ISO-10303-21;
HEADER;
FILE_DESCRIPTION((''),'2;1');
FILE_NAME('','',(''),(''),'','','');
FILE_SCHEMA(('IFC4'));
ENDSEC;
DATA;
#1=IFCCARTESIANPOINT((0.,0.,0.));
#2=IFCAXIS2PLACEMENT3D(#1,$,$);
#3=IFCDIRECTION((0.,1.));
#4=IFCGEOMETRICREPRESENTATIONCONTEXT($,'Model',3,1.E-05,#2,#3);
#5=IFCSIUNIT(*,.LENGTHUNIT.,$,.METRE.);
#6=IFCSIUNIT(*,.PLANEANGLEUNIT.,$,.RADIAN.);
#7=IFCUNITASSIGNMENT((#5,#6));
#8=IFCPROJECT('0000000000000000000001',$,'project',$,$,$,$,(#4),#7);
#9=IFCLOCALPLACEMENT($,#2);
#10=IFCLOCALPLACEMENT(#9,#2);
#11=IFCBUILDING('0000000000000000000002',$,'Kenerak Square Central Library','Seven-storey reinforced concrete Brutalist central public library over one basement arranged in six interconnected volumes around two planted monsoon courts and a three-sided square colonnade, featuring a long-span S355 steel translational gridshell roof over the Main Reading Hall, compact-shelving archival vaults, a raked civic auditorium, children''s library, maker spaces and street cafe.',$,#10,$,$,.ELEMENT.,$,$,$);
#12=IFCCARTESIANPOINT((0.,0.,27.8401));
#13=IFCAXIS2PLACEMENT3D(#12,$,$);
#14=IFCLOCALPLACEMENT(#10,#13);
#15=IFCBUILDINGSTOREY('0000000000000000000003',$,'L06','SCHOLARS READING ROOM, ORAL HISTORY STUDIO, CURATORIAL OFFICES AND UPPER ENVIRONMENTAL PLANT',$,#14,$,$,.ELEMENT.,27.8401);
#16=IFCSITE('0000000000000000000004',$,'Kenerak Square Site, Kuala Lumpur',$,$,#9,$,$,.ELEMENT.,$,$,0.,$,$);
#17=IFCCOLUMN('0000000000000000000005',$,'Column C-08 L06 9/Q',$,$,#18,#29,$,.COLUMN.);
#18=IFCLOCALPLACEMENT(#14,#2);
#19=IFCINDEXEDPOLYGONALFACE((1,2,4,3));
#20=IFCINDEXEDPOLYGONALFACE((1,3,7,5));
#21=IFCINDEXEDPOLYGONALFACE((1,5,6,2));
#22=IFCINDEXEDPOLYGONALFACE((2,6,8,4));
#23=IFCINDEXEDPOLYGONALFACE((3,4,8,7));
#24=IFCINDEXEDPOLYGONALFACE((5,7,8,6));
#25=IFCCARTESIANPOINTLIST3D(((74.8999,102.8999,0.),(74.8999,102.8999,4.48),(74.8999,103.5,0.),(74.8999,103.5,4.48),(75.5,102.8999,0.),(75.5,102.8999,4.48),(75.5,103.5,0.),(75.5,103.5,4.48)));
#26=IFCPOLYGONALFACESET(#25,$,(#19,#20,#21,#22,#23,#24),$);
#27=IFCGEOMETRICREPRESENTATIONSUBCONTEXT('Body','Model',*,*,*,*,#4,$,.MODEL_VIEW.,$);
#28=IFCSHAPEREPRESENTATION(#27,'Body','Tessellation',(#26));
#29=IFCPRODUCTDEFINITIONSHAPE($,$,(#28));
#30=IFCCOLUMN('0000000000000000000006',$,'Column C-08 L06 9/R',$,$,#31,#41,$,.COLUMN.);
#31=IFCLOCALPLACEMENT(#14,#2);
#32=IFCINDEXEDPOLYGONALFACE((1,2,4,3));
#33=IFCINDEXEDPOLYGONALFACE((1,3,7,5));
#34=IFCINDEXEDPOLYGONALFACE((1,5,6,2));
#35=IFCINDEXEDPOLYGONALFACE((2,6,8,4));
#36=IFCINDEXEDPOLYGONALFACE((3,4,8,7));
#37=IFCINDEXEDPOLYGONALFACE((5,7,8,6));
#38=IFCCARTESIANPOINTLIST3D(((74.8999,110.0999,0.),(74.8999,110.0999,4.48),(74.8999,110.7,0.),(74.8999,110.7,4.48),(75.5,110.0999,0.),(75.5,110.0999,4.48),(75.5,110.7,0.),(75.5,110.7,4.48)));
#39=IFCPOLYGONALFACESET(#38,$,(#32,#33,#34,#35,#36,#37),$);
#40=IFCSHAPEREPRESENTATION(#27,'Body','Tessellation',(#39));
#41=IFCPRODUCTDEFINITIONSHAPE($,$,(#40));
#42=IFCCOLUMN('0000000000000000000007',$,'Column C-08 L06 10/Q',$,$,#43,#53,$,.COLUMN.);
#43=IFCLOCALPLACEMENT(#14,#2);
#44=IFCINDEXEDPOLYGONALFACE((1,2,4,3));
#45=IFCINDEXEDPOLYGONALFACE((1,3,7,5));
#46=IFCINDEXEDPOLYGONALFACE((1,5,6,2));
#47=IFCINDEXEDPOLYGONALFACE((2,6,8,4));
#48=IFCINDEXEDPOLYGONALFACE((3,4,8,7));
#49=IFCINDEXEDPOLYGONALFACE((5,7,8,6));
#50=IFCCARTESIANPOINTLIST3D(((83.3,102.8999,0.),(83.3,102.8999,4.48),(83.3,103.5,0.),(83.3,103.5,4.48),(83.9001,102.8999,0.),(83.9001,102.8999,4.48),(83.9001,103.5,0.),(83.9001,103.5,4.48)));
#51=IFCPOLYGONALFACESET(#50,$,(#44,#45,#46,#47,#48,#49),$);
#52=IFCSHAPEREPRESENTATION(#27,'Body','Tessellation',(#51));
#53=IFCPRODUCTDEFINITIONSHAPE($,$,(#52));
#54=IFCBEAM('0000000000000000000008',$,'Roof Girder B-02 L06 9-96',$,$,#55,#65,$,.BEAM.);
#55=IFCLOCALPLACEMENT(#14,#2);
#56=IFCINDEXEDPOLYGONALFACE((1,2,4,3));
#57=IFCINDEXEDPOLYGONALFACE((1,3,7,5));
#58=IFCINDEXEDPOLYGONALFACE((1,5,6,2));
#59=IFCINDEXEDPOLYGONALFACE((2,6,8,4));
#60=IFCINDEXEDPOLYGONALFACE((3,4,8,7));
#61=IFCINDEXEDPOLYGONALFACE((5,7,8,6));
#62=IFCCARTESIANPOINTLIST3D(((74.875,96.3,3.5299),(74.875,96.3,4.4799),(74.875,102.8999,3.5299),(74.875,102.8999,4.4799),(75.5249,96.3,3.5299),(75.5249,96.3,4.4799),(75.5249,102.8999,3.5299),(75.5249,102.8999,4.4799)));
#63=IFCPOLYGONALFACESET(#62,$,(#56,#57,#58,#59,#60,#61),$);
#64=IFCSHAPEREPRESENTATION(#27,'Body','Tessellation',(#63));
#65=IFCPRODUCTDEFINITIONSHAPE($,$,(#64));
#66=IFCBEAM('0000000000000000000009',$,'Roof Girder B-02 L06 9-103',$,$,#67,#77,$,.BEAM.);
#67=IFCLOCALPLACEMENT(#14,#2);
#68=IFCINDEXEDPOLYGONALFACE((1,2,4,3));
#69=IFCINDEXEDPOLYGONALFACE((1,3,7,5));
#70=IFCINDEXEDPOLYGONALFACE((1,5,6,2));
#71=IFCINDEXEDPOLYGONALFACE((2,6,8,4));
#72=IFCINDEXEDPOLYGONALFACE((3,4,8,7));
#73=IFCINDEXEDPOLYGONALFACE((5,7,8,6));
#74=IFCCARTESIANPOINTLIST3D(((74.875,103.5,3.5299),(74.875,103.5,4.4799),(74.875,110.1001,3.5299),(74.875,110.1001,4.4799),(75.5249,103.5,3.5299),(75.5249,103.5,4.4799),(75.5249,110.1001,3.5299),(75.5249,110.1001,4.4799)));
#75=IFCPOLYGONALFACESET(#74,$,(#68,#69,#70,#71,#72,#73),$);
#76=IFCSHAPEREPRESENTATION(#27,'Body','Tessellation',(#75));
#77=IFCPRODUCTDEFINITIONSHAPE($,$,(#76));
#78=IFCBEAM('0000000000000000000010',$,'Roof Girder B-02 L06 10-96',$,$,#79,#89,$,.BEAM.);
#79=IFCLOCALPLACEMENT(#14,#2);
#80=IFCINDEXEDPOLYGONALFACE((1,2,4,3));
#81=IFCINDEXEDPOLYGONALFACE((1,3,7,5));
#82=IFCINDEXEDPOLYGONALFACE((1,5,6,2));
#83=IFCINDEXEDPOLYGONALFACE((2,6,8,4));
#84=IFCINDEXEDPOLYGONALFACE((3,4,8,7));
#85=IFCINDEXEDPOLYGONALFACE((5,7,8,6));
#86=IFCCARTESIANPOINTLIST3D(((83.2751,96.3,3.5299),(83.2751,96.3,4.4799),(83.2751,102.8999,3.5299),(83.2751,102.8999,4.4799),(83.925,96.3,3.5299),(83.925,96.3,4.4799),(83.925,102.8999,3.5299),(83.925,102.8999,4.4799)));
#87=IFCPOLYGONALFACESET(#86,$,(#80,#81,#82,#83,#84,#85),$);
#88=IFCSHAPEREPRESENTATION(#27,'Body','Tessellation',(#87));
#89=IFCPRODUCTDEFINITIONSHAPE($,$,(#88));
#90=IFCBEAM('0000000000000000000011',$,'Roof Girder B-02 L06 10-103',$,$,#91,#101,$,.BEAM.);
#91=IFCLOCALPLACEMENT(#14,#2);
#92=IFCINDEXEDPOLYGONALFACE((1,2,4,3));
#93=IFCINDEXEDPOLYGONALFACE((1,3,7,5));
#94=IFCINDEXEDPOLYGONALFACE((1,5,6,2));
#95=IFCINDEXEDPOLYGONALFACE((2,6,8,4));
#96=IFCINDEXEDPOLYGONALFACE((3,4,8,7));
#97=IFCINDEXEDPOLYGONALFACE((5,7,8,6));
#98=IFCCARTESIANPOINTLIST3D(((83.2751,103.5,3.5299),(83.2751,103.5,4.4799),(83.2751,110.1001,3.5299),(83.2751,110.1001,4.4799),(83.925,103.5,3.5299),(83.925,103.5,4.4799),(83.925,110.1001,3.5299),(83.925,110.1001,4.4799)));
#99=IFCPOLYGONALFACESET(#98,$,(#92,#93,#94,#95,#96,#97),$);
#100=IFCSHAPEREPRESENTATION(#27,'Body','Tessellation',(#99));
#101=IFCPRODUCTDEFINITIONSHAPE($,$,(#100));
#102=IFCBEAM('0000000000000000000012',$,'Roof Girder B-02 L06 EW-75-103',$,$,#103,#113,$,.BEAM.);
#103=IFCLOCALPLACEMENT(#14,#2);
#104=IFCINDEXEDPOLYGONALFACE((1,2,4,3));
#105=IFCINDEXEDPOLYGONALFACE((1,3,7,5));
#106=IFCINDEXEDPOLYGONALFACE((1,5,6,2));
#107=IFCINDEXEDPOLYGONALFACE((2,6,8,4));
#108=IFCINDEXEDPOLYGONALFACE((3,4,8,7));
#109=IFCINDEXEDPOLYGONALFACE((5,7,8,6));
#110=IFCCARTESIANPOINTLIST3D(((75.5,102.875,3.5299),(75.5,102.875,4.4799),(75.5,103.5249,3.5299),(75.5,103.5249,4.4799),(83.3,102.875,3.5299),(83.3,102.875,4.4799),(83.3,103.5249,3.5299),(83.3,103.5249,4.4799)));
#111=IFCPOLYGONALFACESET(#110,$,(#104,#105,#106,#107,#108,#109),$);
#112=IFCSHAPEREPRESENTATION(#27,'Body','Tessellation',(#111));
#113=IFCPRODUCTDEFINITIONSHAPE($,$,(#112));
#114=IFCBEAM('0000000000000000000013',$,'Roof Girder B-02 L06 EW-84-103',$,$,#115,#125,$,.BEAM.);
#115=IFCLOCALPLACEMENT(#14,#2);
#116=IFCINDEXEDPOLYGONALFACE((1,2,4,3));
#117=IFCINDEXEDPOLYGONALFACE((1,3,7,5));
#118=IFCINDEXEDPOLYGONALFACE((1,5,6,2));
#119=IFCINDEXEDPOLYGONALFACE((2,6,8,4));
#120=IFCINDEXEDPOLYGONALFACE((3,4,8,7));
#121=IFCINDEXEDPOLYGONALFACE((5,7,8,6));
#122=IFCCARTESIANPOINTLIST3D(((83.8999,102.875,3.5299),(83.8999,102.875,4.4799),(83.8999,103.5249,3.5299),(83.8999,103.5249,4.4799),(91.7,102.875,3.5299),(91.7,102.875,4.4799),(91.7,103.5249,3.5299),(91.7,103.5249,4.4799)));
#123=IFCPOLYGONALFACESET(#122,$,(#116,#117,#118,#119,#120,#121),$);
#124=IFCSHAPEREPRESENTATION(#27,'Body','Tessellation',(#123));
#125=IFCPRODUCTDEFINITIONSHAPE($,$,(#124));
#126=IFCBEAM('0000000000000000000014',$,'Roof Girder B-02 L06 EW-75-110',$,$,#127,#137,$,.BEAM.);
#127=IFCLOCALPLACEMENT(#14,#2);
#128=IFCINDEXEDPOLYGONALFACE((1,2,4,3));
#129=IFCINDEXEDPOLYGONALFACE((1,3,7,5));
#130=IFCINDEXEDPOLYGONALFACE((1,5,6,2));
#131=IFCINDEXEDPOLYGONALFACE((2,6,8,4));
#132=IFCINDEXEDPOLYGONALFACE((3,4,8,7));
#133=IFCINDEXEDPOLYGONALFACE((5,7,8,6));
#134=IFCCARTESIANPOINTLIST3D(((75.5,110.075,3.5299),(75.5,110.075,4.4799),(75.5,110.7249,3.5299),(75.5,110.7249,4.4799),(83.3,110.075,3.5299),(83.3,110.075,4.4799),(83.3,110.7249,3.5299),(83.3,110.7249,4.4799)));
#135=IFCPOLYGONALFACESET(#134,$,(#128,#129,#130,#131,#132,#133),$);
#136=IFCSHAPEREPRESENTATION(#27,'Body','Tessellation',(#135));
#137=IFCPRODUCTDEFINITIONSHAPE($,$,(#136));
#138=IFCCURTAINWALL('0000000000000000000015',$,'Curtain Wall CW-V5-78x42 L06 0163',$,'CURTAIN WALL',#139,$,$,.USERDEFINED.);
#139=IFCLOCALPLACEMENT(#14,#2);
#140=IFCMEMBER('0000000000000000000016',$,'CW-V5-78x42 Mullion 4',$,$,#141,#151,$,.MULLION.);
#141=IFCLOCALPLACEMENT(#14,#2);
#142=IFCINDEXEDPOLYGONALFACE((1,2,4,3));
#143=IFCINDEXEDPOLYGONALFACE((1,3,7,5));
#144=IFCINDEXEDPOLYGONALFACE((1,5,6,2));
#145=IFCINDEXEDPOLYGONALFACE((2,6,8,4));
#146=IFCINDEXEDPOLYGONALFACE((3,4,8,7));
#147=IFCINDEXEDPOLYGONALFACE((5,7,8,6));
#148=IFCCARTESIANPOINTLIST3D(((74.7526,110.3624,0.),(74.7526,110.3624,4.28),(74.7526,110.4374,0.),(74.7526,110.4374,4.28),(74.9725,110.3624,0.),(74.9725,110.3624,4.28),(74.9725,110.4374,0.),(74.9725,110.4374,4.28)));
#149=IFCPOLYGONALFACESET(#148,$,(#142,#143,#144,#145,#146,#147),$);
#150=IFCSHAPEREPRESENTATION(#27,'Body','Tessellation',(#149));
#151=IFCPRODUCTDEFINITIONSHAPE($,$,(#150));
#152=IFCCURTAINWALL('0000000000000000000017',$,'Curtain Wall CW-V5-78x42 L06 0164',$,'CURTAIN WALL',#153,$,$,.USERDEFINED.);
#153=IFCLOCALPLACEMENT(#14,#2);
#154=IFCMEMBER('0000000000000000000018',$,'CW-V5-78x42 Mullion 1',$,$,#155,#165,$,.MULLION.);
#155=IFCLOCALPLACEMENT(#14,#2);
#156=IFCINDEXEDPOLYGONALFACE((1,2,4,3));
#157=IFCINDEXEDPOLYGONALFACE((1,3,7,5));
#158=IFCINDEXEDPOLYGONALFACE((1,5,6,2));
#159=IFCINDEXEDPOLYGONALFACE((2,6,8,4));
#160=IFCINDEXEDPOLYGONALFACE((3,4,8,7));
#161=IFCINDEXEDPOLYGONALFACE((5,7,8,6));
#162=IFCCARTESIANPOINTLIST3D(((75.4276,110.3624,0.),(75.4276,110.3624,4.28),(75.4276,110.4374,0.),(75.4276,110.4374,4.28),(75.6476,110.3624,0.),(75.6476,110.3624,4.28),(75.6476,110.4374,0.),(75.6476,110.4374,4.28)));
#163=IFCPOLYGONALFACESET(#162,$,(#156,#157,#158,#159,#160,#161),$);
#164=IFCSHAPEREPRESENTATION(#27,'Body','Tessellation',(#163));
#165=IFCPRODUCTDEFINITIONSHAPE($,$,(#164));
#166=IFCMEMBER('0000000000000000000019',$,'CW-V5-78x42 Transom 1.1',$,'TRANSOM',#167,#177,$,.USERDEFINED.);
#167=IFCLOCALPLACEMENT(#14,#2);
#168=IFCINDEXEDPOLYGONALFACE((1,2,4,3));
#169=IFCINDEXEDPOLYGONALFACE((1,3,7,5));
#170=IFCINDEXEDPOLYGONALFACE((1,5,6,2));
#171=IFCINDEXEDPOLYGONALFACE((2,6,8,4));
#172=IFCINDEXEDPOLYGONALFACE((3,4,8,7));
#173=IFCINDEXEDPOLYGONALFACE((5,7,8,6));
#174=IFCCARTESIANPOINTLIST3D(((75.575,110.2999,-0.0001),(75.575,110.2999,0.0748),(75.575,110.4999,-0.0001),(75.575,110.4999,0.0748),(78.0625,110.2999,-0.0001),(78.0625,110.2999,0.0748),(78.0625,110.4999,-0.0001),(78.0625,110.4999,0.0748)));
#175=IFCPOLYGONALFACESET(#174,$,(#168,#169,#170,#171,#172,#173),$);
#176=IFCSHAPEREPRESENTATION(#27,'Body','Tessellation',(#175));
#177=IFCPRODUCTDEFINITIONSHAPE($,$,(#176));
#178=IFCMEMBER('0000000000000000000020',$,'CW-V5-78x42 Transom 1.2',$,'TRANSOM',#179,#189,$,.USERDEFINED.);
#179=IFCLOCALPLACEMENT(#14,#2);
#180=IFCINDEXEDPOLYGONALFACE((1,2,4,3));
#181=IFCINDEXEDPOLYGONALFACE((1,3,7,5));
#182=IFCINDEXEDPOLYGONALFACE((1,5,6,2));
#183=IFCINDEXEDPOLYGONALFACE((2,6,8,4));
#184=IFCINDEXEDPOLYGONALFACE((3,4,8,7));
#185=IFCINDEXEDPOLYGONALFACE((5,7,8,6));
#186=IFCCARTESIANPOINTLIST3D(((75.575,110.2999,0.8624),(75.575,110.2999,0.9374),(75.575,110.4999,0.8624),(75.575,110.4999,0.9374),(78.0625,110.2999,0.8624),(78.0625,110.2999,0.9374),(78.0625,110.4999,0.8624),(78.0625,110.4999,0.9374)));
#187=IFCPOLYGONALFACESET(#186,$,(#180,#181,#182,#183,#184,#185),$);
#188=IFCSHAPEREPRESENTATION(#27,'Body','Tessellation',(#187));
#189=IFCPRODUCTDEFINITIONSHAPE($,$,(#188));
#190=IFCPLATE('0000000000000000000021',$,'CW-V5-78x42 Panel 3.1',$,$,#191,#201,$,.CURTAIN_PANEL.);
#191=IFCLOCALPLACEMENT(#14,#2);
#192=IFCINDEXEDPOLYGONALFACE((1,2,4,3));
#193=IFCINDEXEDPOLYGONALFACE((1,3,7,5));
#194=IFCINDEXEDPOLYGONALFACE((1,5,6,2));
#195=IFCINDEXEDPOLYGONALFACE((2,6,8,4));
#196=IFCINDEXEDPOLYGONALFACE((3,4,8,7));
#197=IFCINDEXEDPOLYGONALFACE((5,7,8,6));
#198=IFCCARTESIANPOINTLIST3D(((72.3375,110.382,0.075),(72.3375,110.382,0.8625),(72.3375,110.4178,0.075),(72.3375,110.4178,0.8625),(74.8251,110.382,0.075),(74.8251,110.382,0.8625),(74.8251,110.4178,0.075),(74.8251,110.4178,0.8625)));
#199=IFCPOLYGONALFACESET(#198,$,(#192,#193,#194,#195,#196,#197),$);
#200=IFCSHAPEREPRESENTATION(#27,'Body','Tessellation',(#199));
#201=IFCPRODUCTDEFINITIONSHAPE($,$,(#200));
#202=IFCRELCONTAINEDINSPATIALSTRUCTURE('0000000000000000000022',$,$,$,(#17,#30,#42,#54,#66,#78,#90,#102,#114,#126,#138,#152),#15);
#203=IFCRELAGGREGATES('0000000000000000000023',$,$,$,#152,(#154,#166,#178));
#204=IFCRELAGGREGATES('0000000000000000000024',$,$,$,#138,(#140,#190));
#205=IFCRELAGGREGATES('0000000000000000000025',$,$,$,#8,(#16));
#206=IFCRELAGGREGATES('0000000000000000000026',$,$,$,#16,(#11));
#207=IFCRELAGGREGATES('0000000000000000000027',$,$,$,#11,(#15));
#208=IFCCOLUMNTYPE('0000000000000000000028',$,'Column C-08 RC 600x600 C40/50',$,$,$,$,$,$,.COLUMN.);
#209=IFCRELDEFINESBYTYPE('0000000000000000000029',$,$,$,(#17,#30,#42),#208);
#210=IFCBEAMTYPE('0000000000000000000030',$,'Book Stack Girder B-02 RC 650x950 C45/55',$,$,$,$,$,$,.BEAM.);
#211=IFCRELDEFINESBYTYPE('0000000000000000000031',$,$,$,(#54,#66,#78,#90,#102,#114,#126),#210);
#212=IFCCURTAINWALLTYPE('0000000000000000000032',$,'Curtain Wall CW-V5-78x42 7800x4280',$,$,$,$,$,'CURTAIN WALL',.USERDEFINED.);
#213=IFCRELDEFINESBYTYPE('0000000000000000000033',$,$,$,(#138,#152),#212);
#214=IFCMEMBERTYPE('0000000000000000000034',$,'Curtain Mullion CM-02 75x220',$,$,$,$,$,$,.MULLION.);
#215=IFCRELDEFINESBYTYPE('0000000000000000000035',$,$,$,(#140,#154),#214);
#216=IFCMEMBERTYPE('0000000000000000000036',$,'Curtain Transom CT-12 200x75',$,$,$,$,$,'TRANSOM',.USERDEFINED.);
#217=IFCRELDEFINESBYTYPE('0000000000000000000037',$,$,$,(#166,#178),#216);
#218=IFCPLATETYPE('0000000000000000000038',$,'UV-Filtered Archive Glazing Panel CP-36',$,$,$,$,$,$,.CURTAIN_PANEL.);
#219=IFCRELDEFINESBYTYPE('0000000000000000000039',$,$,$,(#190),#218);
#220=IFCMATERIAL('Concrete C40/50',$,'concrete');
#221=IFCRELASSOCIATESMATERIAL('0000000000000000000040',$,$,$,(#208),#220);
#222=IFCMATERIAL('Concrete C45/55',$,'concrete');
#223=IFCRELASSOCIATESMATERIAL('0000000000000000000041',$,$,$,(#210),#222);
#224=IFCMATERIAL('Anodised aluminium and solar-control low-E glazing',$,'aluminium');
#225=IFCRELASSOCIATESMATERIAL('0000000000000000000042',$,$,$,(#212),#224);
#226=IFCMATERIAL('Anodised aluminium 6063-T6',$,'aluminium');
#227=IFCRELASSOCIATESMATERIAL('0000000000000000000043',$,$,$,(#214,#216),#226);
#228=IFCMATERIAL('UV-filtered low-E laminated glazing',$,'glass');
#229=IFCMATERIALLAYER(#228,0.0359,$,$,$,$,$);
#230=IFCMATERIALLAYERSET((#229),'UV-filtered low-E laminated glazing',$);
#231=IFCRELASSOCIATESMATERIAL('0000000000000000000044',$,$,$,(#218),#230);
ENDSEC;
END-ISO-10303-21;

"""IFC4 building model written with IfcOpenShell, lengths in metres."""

from ifc_helpers import new_model, si_unit, direction, frame, origin, origin_2d, place, context, subcontext, project, spatial, rectangle, extrude, material, layer, layer_set, material_profile, profile_set, type_object, element, aggregate, save


model = new_model("IFC4")

# Units and contexts
model_context = context("Model", 3, precision=1e-05, world=origin(), true_north=direction((0.0, 1.0)))
body_context = subcontext(model_context, "Body", "Model", "MODEL_VIEW")
ifc_project = project(units=[si_unit("LENGTHUNIT", "METRE"), si_unit("PLANEANGLEUNIT", "RADIAN")], contexts=[model_context])

# Site, building, storey
site_placement = place(None, origin())
site = spatial("IfcSite", under=ifc_project, at=site_placement, Name="Kenerak Square Site, Kuala Lumpur", CompositionType="ELEMENT", RefElevation=0.0)
building_placement = place(site_placement, origin())
building = spatial("IfcBuilding", under=site, at=building_placement, Name="Kenerak Square Central Library", Description="Seven-storey reinforced concrete Brutalist central public library over one basement arranged in six interconnected volumes around two planted monsoon courts and a three-sided square colonnade, featuring a long-span S355 steel translational gridshell roof over the Main Reading Hall, compact-shelving archival vaults, a raked civic auditorium, children's library, maker spaces and street cafe.", CompositionType="ELEMENT")
storey_placement = place(building_placement, frame((0.0, 0.0, 27.8401)))
storey = spatial("IfcBuildingStorey", under=building, at=storey_placement, Name="L06", Description="SCHOLARS READING ROOM, ORAL HISTORY STUDIO, CURATORIAL OFFICES AND UPPER ENVIRONMENTAL PLANT", CompositionType="ELEMENT", Elevation=27.8401)

# Columns
ifc_material_1 = material(Name="Concrete C40/50", Category="concrete")
ifc_material_profile_1 = material_profile(ifc_material_1, rectangle(XDim=0.6001, YDim=0.6001, at=origin_2d()), Name="RC 600x600")
ifc_profile_set_1 = profile_set([ifc_material_profile_1], Name="Concrete C40/50")
column_type = type_object("IfcColumnType", Name="Column C-08 RC 600x600 C40/50", PredefinedType="COLUMN", material=ifc_profile_set_1)
for number, where, z_axis, x_axis, name in (
    (1, (75.2, 103.2, 0.0), (0.0, 0.0, 1.0), (1.0, 0.0, 0.0), "Column C-08 L06 9/Q"),
    (2, (75.2, 110.3999, 0.0), (0.0, 0.0, 1.0), (1.0, 0.0, 0.0), "Column C-08 L06 9/R"),
    (3, (83.6001, 103.2, 0.0), (0.0, 0.0, 1.0), (1.0, 0.0, 0.0), "Column C-08 L06 10/Q"),
):
    element("IfcColumn", number, at=place(storey_placement, frame(where, z_axis=z_axis, x_axis=x_axis)), inside=storey, type_object=column_type, Name=name, PredefinedType="COLUMN", context=body_context, shape_type="SweptSolid", body=[
        extrude(rectangle(XDim=0.6001, YDim=0.6001, at=origin_2d()), origin(), (0.0, 0.0, 1.0), 4.48),
    ])

# Beams
ifc_material_2 = material(Name="Concrete C45/55", Category="concrete")
ifc_material_profile_2 = material_profile(ifc_material_2, rectangle(XDim=0.6499, YDim=0.95, at=origin_2d()), Name="RC 650x950")
ifc_profile_set_2 = profile_set([ifc_material_profile_2], Name="Concrete C45/55")
beam_type = type_object("IfcBeamType", Name="Book Stack Girder B-02 RC 650x950 C45/55", PredefinedType="BEAM", material=ifc_profile_set_2)
beam_1_placement = place(storey_placement, frame((75.2, 96.3, 4.0049), z_axis=(0.0, 1.0, 0.0), x_axis=(-1.0, 0.0, 0.0)))
element("IfcBeam", 4, at=beam_1_placement, inside=storey, type_object=beam_type, Name="Roof Girder B-02 L06 9-96", PredefinedType="BEAM", context=body_context, shape_type="SweptSolid", body=[
    extrude(rectangle(XDim=0.6499, YDim=0.95, at=origin_2d()), origin(), (0.0, 0.0, 1.0), 6.5999),
])
beam_2_placement = place(storey_placement, frame((75.2, 103.5, 4.0049), z_axis=(0.0, 1.0, 0.0), x_axis=(-1.0, 0.0, 0.0)))
element("IfcBeam", 5, at=beam_2_placement, inside=storey, type_object=beam_type, Name="Roof Girder B-02 L06 9-103", PredefinedType="BEAM", context=body_context, shape_type="SweptSolid", body=[
    extrude(rectangle(XDim=0.6499, YDim=0.95, at=origin_2d()), origin(), (0.0, 0.0, 1.0), 6.6001),
])
beam_3_placement = place(storey_placement, frame((83.6001, 96.3, 4.0049), z_axis=(0.0, 1.0, 0.0), x_axis=(-1.0, 0.0, 0.0)))
element("IfcBeam", 6, at=beam_3_placement, inside=storey, type_object=beam_type, Name="Roof Girder B-02 L06 10-96", PredefinedType="BEAM", context=body_context, shape_type="SweptSolid", body=[
    extrude(rectangle(XDim=0.6499, YDim=0.95, at=origin_2d()), origin(), (0.0, 0.0, 1.0), 6.5999),
])
beam_4_placement = place(storey_placement, frame((83.6001, 103.5, 4.0049), z_axis=(0.0, 1.0, 0.0), x_axis=(-1.0, 0.0, 0.0)))
element("IfcBeam", 7, at=beam_4_placement, inside=storey, type_object=beam_type, Name="Roof Girder B-02 L06 10-103", PredefinedType="BEAM", context=body_context, shape_type="SweptSolid", body=[
    extrude(rectangle(XDim=0.6499, YDim=0.95, at=origin_2d()), origin(), (0.0, 0.0, 1.0), 6.6001),
])
for number, where, z_axis, x_axis, name in (
    (8, (75.5, 103.2, 4.0049), (1.0, 0.0, 0.0), (0.0, 1.0, 0.0), "Roof Girder B-02 L06 EW-75-103"),
    (9, (83.8999, 103.2, 4.0049), (1.0, 0.0, 0.0), (0.0, 1.0, 0.0), "Roof Girder B-02 L06 EW-84-103"),
    (10, (75.5, 110.3999, 4.0049), (1.0, 0.0, 0.0), (0.0, 1.0, 0.0), "Roof Girder B-02 L06 EW-75-110"),
):
    element("IfcBeam", number, at=place(storey_placement, frame(where, z_axis=z_axis, x_axis=x_axis)), inside=storey, type_object=beam_type, Name=name, PredefinedType="BEAM", context=body_context, shape_type="SweptSolid", body=[
        extrude(rectangle(XDim=0.6499, YDim=0.95, at=origin_2d()), origin(), (0.0, 0.0, 1.0), 7.8),
    ])

# Curtain wall, member
ifc_material_3 = material(Name="Anodised aluminium and solar-control low-E glazing", Category="aluminium")
curtain_wall_type = type_object("IfcCurtainWallType", Name="Curtain Wall CW-V5-78x42 7800x4280", ElementType="CURTAIN WALL", PredefinedType="USERDEFINED", material=ifc_material_3)
curtain_wall_1_placement = place(storey_placement, origin())
curtain_wall_1 = element("IfcCurtainWall", 11, at=curtain_wall_1_placement, inside=storey, type_object=curtain_wall_type, Name="Curtain Wall CW-V5-78x42 L06 0163", ObjectType="CURTAIN WALL", PredefinedType="USERDEFINED")
ifc_material_4 = material(Name="Anodised aluminium 6063-T6", Category="aluminium")
ifc_material_profile_3 = material_profile(ifc_material_4, rectangle(XDim=0.075, YDim=0.22, at=origin_2d()), Name="AL MULLION 75x220")
ifc_profile_set_3 = profile_set([ifc_material_profile_3], Name="Anodised aluminium 6063-T6")
member_type_1 = type_object("IfcMemberType", Name="Curtain Mullion CM-02 75x220", PredefinedType="MULLION", material=ifc_profile_set_3)
member_1_placement = place(storey_placement, frame((74.8625, 110.3999, 0.0), z_axis=(0.0, 0.0, 1.0), x_axis=(0.0, 1.0, 0.0)))
member_1 = element("IfcMember", 12, at=member_1_placement, type_object=member_type_1, Name="CW-V5-78x42 Mullion 4", PredefinedType="MULLION", context=body_context, shape_type="SweptSolid", body=[
    extrude(rectangle(XDim=0.075, YDim=0.22, at=origin_2d()), origin(), (0.0, 0.0, 1.0), 4.28),
])

# Curtain wall, members
curtain_wall_2_placement = place(storey_placement, origin())
curtain_wall_2 = element("IfcCurtainWall", 13, at=curtain_wall_2_placement, inside=storey, type_object=curtain_wall_type, Name="Curtain Wall CW-V5-78x42 L06 0164", ObjectType="CURTAIN WALL", PredefinedType="USERDEFINED")
member_2_placement = place(storey_placement, frame((75.5376, 110.3999, 0.0), z_axis=(0.0, 0.0, 1.0), x_axis=(0.0, 1.0, 0.0)))
member_2 = element("IfcMember", 14, at=member_2_placement, type_object=member_type_1, Name="CW-V5-78x42 Mullion 1", PredefinedType="MULLION", context=body_context, shape_type="SweptSolid", body=[
    extrude(rectangle(XDim=0.075, YDim=0.22, at=origin_2d()), origin(), (0.0, 0.0, 1.0), 4.28),
])
ifc_material_profile_4 = material_profile(ifc_material_4, rectangle(XDim=0.2, YDim=0.075, at=origin_2d()), Name="AL TRANSOM 200x75")
ifc_profile_set_4 = profile_set([ifc_material_profile_4], Name="Anodised aluminium 6063-T6")
member_type_2 = type_object("IfcMemberType", Name="Curtain Transom CT-12 200x75", ElementType="TRANSOM", PredefinedType="USERDEFINED", material=ifc_profile_set_4)
member_3_placement = place(storey_placement, frame((75.575, 110.3999, 0.0374), z_axis=(1.0, 0.0, 0.0), x_axis=(0.0, 1.0, 0.0)))
member_3 = element("IfcMember", 15, at=member_3_placement, type_object=member_type_2, Name="CW-V5-78x42 Transom 1.1", ObjectType="TRANSOM", PredefinedType="USERDEFINED", context=body_context, shape_type="SweptSolid", body=[
    extrude(rectangle(XDim=0.2, YDim=0.075, at=origin_2d()), origin(), (0.0, 0.0, 1.0), 2.4875),
])
member_4_placement = place(storey_placement, frame((75.575, 110.3999, 0.8999), z_axis=(1.0, 0.0, 0.0), x_axis=(0.0, 1.0, 0.0)))
member_4 = element("IfcMember", 16, at=member_4_placement, type_object=member_type_2, Name="CW-V5-78x42 Transom 1.2", ObjectType="TRANSOM", PredefinedType="USERDEFINED", context=body_context, shape_type="SweptSolid", body=[
    extrude(rectangle(XDim=0.2, YDim=0.075, at=origin_2d()), origin(), (0.0, 0.0, 1.0), 2.4875),
])
aggregate(curtain_wall_2, [member_2, member_3, member_4])

# Plate
ifc_material_5 = material(Name="UV-filtered low-E laminated glazing", Category="glass")
ifc_layer_1 = layer(ifc_material_5, 0.0359)
ifc_layer_set_1 = layer_set([ifc_layer_1], Name="UV-filtered low-E laminated glazing")
plate_type = type_object("IfcPlateType", Name="UV-Filtered Archive Glazing Panel CP-36", PredefinedType="CURTAIN_PANEL", material=ifc_layer_set_1)
plate_1_placement = place(storey_placement, frame((73.5813, 110.3999, 0.075), z_axis=(0.0, 0.0, 1.0), x_axis=(1.0, 0.0, 0.0)))
plate_1 = element("IfcPlate", 17, at=plate_1_placement, type_object=plate_type, Name="CW-V5-78x42 Panel 3.1", PredefinedType="CURTAIN_PANEL", context=body_context, shape_type="SweptSolid", body=[
    extrude(rectangle(XDim=2.4875, YDim=0.0359, at=origin_2d()), origin(), (0.0, 0.0, 1.0), 0.7876),
])
aggregate(curtain_wall_1, [member_1, plate_1])

save(model, "model.ifc")
